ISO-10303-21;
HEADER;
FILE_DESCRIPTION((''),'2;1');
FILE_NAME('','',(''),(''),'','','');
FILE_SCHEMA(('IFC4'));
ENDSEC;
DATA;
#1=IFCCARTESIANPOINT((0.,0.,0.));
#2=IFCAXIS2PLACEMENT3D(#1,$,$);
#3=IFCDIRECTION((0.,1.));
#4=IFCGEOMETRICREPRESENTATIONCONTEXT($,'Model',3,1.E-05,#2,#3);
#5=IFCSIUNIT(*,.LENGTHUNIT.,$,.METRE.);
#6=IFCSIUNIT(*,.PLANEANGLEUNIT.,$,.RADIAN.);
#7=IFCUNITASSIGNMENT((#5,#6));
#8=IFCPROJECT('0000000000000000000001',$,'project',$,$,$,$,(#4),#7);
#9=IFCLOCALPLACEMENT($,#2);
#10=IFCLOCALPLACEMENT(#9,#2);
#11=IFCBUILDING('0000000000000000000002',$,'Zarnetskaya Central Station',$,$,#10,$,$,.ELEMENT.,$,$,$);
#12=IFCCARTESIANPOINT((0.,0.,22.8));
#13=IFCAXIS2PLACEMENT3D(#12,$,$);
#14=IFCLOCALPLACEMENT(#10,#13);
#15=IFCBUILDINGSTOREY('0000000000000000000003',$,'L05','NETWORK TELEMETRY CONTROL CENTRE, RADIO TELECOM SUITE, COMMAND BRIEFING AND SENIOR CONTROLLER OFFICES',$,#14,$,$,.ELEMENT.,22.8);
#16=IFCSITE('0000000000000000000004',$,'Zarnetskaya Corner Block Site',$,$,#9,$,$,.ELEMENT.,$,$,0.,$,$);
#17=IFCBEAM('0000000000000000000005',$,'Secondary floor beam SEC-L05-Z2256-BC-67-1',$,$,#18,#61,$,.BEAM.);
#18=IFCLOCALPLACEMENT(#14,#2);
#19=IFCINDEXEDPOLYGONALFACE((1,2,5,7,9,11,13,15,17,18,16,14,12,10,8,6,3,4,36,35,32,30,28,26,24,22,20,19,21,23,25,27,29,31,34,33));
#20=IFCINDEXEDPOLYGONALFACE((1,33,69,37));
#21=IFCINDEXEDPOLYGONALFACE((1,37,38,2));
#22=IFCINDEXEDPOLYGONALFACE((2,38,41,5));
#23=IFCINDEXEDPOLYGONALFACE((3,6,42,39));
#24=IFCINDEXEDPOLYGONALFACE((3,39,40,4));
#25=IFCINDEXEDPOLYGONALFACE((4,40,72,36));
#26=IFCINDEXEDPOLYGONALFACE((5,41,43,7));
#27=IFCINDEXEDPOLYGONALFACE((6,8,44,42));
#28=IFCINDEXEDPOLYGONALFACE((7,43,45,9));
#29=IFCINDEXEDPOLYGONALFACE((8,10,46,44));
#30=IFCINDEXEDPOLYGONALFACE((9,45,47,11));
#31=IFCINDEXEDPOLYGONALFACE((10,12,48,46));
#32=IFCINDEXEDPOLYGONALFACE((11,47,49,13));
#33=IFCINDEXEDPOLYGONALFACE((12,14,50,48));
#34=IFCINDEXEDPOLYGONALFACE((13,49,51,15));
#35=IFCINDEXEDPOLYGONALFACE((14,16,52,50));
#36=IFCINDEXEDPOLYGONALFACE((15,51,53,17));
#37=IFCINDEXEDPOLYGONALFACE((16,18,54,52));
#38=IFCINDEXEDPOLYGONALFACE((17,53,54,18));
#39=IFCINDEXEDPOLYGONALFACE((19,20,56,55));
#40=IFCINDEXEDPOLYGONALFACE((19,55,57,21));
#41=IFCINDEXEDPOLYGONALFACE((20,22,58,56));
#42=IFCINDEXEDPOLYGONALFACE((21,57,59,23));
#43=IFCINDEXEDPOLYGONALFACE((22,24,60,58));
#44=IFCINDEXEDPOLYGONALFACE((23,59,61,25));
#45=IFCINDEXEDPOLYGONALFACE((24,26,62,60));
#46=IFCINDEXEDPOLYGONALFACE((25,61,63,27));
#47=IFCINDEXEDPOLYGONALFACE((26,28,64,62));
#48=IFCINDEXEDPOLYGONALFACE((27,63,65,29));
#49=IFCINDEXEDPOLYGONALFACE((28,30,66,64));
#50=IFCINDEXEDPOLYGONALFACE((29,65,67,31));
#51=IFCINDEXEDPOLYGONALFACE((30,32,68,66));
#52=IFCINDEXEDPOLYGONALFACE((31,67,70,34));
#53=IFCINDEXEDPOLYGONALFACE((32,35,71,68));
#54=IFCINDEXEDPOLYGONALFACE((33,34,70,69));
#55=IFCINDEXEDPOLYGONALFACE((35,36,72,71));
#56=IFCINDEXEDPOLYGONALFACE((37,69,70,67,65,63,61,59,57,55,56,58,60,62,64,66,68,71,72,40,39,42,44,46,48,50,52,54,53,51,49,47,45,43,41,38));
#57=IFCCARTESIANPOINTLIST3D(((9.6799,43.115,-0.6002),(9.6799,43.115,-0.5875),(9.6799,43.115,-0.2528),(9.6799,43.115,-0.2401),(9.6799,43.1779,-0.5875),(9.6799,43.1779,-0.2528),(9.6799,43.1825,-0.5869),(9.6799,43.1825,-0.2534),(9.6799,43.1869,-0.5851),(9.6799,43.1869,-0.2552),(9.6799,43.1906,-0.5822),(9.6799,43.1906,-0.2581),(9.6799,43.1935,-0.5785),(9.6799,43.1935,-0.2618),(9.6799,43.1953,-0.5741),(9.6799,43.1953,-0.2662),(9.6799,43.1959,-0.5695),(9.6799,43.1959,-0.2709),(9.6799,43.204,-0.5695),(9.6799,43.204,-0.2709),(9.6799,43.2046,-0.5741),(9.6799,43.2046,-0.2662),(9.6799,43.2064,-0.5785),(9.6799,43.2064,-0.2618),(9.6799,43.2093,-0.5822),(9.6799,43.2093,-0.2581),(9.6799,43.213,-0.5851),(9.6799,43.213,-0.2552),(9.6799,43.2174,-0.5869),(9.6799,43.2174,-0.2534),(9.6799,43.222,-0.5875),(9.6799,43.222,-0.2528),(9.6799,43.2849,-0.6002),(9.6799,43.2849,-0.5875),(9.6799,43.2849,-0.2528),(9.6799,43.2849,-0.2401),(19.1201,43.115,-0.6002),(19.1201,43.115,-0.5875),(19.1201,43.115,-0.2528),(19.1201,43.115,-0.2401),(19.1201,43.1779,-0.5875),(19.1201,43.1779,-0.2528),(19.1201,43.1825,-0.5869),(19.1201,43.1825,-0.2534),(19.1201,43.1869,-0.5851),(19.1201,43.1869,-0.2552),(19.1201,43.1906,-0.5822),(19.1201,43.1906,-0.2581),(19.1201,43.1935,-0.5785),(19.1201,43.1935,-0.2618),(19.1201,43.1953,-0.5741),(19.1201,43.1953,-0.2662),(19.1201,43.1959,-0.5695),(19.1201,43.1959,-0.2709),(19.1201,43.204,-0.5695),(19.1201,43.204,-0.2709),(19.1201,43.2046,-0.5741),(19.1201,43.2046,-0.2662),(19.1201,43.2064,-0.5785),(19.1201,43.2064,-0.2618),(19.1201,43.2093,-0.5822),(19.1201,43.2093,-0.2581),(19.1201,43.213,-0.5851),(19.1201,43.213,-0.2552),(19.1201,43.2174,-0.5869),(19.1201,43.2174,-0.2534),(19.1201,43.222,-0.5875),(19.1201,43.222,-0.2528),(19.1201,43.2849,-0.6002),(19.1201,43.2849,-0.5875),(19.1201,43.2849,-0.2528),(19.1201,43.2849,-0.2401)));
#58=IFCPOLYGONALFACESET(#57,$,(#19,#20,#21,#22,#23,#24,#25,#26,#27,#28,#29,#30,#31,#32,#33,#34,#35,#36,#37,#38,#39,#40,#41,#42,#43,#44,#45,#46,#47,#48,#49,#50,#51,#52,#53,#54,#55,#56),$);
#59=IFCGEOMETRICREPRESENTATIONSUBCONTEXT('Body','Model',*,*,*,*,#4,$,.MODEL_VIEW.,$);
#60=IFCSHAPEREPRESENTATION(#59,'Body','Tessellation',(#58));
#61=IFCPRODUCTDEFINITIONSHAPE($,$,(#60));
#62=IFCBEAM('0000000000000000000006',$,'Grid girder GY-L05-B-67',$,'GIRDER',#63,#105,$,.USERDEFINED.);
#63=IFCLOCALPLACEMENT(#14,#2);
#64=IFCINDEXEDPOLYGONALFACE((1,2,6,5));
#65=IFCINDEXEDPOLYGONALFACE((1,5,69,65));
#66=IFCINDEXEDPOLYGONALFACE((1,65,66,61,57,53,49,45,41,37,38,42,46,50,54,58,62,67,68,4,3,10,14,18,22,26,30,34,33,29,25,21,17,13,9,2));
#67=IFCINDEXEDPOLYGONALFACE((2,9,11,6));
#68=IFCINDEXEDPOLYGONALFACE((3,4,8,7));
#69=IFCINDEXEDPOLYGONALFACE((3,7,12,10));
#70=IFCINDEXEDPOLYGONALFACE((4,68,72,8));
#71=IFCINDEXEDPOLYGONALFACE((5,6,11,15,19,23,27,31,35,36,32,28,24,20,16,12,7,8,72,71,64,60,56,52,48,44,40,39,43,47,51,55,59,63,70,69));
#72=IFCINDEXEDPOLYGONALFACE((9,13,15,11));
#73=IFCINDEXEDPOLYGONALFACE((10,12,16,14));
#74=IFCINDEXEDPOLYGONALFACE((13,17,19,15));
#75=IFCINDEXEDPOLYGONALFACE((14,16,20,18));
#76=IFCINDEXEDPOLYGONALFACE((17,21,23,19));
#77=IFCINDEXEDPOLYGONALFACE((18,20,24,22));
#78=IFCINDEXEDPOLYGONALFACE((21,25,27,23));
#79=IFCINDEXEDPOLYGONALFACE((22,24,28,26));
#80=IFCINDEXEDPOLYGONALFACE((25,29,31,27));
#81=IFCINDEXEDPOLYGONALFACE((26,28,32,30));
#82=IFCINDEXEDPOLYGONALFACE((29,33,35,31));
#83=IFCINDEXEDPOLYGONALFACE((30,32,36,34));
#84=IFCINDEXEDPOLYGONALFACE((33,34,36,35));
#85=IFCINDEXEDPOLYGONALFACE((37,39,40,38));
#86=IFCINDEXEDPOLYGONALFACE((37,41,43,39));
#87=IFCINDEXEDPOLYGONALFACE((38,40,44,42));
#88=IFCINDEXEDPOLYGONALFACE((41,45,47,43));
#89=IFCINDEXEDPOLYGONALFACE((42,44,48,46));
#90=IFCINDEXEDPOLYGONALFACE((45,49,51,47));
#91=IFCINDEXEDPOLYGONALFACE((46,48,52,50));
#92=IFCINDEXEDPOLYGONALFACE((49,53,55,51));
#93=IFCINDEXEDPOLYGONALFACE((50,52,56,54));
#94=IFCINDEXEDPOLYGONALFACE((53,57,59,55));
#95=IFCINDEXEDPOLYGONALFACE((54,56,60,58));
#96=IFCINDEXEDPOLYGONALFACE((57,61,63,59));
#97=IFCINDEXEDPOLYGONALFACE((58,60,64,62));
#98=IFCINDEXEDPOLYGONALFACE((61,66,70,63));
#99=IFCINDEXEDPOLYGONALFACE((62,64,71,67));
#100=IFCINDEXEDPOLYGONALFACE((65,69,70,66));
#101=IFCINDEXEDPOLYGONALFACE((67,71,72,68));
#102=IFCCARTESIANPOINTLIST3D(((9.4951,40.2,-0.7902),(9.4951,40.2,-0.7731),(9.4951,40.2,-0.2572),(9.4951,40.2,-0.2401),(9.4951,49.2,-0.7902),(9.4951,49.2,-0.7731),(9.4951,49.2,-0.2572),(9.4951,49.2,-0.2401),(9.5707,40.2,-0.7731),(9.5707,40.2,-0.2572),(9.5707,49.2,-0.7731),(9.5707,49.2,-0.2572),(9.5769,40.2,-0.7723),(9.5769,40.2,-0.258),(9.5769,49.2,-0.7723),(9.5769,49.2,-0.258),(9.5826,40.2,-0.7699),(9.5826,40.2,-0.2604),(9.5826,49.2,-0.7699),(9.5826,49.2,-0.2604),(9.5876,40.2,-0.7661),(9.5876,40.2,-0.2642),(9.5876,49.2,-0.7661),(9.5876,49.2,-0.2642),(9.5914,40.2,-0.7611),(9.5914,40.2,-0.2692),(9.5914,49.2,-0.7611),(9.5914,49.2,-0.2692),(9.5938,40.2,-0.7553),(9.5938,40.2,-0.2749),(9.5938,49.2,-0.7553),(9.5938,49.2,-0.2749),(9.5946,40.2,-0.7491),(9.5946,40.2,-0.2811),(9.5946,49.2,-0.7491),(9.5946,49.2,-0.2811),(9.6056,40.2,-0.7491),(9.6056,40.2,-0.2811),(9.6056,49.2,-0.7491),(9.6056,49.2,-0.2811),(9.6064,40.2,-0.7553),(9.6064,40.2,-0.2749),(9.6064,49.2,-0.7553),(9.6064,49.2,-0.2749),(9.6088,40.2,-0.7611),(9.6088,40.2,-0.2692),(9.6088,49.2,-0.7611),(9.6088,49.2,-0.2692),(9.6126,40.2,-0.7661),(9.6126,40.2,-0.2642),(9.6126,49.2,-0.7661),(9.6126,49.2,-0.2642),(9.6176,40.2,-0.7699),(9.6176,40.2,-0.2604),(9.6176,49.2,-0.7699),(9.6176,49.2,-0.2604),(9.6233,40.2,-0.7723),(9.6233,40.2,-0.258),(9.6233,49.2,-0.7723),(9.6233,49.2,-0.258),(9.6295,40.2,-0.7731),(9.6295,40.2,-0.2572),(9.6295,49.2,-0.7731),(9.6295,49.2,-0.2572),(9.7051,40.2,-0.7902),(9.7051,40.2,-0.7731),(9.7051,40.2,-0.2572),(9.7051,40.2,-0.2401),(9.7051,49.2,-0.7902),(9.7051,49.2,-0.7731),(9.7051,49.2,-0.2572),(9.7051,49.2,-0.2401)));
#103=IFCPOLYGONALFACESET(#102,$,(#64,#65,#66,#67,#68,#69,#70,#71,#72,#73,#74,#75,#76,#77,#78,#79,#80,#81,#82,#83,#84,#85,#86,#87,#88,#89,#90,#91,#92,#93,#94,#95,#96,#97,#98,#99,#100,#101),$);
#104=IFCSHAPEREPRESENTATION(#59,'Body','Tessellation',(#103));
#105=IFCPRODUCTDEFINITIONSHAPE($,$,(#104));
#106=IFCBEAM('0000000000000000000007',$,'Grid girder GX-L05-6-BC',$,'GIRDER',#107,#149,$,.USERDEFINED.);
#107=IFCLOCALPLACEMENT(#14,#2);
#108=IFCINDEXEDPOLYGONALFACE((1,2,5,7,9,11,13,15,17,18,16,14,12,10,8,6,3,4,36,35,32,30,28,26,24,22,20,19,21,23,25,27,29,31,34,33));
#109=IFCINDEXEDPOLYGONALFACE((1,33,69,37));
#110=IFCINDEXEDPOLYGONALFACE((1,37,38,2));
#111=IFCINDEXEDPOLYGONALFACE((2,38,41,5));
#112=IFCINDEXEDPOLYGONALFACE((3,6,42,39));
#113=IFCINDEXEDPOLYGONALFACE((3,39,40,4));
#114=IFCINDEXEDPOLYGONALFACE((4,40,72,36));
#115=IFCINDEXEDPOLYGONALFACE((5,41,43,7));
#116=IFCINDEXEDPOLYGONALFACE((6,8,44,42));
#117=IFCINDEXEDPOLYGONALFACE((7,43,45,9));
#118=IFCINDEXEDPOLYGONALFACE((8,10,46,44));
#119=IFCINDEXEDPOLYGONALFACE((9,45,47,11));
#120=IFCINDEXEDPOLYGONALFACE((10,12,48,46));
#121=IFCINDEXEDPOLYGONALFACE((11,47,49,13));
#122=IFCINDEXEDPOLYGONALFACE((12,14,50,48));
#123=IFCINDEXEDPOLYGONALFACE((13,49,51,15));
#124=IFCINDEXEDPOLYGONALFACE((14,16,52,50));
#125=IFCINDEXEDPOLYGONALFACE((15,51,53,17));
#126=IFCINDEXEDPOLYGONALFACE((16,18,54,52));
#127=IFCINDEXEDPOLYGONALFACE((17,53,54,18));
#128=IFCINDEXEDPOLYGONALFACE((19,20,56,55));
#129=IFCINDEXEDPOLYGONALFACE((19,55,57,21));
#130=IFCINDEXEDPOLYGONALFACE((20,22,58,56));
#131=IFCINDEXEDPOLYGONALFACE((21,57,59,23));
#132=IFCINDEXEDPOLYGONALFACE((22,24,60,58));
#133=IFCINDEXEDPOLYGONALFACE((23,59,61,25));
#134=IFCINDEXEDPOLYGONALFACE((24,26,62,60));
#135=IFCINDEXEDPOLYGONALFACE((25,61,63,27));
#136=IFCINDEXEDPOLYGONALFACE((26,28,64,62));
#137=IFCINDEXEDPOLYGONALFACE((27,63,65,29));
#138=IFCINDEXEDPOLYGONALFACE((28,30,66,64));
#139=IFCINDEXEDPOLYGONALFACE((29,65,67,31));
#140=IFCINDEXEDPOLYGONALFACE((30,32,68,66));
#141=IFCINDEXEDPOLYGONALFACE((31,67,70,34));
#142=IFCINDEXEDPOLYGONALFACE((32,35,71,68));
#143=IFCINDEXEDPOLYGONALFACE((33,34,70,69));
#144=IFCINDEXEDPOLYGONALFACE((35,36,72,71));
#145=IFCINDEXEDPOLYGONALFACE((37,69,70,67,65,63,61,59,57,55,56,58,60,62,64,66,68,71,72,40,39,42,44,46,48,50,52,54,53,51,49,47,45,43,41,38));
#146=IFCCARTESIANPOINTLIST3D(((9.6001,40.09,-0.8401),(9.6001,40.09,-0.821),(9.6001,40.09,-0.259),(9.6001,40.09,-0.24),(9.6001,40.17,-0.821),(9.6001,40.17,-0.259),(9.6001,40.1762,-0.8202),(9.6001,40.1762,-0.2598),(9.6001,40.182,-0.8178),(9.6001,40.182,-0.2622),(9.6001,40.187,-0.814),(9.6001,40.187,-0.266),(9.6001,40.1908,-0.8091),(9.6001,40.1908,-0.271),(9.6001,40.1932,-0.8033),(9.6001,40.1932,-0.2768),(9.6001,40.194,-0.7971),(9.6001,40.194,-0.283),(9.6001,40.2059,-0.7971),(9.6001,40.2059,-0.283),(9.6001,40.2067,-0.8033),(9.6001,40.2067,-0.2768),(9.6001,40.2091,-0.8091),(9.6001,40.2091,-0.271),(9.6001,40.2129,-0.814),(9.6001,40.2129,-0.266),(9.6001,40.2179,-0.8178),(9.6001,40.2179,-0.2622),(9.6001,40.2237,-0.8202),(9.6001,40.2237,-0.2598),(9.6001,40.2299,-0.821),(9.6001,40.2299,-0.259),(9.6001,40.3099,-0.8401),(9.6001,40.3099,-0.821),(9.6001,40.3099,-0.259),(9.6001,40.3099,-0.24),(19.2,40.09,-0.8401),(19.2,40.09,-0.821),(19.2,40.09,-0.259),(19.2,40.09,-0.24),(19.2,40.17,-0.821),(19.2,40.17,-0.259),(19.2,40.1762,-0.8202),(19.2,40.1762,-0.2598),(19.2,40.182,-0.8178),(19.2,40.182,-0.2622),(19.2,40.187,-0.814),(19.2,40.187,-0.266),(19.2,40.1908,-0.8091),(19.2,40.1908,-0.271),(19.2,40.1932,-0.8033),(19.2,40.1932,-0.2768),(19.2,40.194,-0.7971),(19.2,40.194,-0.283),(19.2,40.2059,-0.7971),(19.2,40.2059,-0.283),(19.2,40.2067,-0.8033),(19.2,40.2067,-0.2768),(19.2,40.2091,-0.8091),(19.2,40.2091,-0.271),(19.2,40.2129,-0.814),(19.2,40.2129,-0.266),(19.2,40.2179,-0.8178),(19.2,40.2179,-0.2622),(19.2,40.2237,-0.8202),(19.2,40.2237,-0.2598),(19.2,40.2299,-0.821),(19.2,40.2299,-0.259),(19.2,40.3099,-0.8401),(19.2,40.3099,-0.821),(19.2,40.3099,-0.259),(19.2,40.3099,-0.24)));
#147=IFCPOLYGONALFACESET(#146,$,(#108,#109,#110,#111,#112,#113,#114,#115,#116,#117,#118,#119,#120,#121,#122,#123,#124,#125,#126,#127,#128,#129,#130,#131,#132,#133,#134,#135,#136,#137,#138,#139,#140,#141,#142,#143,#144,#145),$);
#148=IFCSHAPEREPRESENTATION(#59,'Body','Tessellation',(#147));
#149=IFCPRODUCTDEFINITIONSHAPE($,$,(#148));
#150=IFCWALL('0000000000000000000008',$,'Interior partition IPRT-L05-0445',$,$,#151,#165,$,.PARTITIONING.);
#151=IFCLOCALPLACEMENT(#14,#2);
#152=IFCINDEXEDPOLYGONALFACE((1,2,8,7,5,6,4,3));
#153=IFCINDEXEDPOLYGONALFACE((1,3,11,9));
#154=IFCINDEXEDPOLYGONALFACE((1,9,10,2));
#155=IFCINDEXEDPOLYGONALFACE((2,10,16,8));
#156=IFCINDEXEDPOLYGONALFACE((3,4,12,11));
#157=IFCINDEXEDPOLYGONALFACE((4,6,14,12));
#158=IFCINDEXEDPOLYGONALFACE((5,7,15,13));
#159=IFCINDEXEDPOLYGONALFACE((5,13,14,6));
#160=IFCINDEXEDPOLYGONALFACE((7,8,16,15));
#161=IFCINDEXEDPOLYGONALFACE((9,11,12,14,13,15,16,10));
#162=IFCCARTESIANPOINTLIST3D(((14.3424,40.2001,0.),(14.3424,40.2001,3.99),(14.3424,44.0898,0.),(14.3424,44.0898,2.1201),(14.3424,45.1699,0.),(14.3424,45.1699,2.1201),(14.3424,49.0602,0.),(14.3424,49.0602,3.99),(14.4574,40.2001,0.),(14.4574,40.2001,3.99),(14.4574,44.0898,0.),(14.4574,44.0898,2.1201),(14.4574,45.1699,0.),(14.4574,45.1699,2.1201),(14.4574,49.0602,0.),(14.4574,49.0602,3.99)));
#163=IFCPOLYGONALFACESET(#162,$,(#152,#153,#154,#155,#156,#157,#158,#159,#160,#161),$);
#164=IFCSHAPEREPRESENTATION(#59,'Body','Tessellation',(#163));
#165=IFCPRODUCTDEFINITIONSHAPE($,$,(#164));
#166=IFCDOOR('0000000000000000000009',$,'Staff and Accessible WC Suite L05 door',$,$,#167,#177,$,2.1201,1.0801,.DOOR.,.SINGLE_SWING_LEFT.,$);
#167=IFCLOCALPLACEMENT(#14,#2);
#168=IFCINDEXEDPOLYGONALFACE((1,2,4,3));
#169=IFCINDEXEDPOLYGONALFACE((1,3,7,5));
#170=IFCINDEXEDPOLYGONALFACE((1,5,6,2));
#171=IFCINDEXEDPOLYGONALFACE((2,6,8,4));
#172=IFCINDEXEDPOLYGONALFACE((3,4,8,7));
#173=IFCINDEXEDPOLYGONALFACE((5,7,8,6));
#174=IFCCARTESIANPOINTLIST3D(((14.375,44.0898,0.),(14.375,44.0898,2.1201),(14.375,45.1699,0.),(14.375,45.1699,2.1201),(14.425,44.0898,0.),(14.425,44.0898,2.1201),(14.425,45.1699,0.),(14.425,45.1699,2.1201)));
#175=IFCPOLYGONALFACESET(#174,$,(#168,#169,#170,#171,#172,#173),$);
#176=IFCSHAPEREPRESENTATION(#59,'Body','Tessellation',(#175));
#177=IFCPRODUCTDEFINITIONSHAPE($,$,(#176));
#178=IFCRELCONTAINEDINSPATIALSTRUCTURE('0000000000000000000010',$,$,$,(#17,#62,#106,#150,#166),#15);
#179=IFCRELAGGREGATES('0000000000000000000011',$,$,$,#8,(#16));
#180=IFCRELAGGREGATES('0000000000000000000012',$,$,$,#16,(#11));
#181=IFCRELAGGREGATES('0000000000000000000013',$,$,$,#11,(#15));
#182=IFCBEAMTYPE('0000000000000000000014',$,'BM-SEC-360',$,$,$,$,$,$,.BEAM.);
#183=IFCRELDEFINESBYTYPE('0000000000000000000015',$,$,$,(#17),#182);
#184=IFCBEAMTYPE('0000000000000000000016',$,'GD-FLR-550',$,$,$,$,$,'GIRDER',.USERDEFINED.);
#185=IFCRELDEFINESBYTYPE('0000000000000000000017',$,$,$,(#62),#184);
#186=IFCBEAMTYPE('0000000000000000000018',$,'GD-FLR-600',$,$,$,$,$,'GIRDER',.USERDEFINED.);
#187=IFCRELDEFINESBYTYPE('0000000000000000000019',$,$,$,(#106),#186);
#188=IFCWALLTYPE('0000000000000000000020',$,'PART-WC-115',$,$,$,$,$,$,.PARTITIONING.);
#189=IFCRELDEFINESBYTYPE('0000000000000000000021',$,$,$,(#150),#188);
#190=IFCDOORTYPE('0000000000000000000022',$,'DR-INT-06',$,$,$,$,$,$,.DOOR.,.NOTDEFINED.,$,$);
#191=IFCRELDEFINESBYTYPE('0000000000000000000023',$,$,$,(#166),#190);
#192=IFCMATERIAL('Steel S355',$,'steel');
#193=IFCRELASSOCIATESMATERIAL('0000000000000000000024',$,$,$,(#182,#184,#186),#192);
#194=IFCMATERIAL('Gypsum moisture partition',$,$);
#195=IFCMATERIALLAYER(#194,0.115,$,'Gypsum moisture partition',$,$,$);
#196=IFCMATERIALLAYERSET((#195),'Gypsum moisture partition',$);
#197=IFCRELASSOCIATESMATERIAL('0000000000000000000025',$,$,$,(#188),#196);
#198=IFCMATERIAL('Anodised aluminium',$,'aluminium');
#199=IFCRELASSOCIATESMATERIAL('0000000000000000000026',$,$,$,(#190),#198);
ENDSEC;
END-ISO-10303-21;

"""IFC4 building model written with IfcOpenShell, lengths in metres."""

from ifc_helpers import new_model, si_unit, direction, frame, frame_2d, origin, origin_2d, place, context, subcontext, project, spatial, rectangle, i_section, extrude, material, layer, layer_set, material_profile, profile_set, type_object, element, fill, save


model = new_model("IFC4")

# Units and contexts
model_context = context("Model", 3, precision=1e-05, world=origin(), true_north=direction((0.0, 1.0)))
body_context = subcontext(model_context, "Body", "Model", "MODEL_VIEW")
ifc_project = project(units=[si_unit("LENGTHUNIT", "METRE"), si_unit("PLANEANGLEUNIT", "RADIAN")], contexts=[model_context])

# Site, building, storey
site_placement = place(None, origin())
site = spatial("IfcSite", under=ifc_project, at=site_placement, Name="Zarnetskaya Corner Block Site", CompositionType="ELEMENT", RefElevation=0.0)
building_placement = place(site_placement, origin())
building = spatial("IfcBuilding", under=site, at=building_placement, Name="Zarnetskaya Central Station", CompositionType="ELEMENT")
storey_placement = place(building_placement, frame((0.0, 0.0, 22.8)))
storey = spatial("IfcBuildingStorey", under=building, at=storey_placement, Name="L05", Description="NETWORK TELEMETRY CONTROL CENTRE, RADIO TELECOM SUITE, COMMAND BRIEFING AND SENIOR CONTROLLER OFFICES", CompositionType="ELEMENT", Elevation=22.8)

# Shared definitions
ifc_material_1 = material(Name="Steel S355", Category="steel")

# Beams
ifc_material_profile_1 = material_profile(ifc_material_1, i_section(OverallWidth=0.1699, OverallDepth=0.3601, WebThickness=0.0081, FlangeThickness=0.0127, FilletRadius=0.0181, at=origin_2d()), Name="IPE 360")
ifc_profile_set_1 = profile_set([ifc_material_profile_1], Name="Steel S355")
beam_type_1 = type_object("IfcBeamType", Name="BM-SEC-360", PredefinedType="BEAM", material=ifc_profile_set_1)
for number, where, z_axis, x_axis, name in (
    (1, (9.6799, 43.2, -0.4202), (1.0, 0.0, 0.0), (0.0, 1.0, 0.0), "Secondary floor beam SEC-L05-Z2256-BC-67-1"),
):
    element("IfcBeam", number, at=place(storey_placement, frame(where, z_axis=z_axis, x_axis=x_axis)), inside=storey, type_object=beam_type_1, Name=name, PredefinedType="BEAM", context=body_context, shape_type="SweptSolid", body=[
        extrude(i_section(OverallWidth=0.1699, OverallDepth=0.3601, WebThickness=0.0081, FlangeThickness=0.0127, FilletRadius=0.0181, at=origin_2d()), origin(), (0.0, 0.0, 1.0), 9.4402),
    ])
ifc_material_profile_2 = material_profile(ifc_material_1, i_section(OverallWidth=0.21, OverallDepth=0.55, WebThickness=0.011, FlangeThickness=0.0171, FilletRadius=0.0239, at=origin_2d()), Name="IPE 550")
ifc_profile_set_2 = profile_set([ifc_material_profile_2], Name="Steel S355")
beam_type_2 = type_object("IfcBeamType", Name="GD-FLR-550", ElementType="GIRDER", PredefinedType="USERDEFINED", material=ifc_profile_set_2)
beam_1_placement = place(storey_placement, frame((9.6001, 40.2, -0.5151), z_axis=(0.0, 1.0, 0.0), x_axis=(-1.0, 0.0, 0.0)))
element("IfcBeam", 2, at=beam_1_placement, inside=storey, type_object=beam_type_2, Name="Grid girder GY-L05-B-67", ObjectType="GIRDER", PredefinedType="USERDEFINED", context=body_context, shape_type="SweptSolid", body=[
    extrude(i_section(OverallWidth=0.21, OverallDepth=0.55, WebThickness=0.011, FlangeThickness=0.0171, FilletRadius=0.0239, at=origin_2d()), origin(), (0.0, 0.0, 1.0), 9.0),
])
ifc_material_profile_3 = material_profile(ifc_material_1, i_section(OverallWidth=0.22, OverallDepth=0.6001, WebThickness=0.012, FlangeThickness=0.019, FilletRadius=0.0239, at=origin_2d()), Name="IPE 600")
ifc_profile_set_3 = profile_set([ifc_material_profile_3], Name="Steel S355")
beam_type_3 = type_object("IfcBeamType", Name="GD-FLR-600", ElementType="GIRDER", PredefinedType="USERDEFINED", material=ifc_profile_set_3)
beam_2_placement = place(storey_placement, frame((9.6001, 40.2, -0.54), z_axis=(1.0, 0.0, 0.0), x_axis=(0.0, 1.0, 0.0)))
element("IfcBeam", 3, at=beam_2_placement, inside=storey, type_object=beam_type_3, Name="Grid girder GX-L05-6-BC", ObjectType="GIRDER", PredefinedType="USERDEFINED", context=body_context, shape_type="SweptSolid", body=[
    extrude(i_section(OverallWidth=0.22, OverallDepth=0.6001, WebThickness=0.012, FlangeThickness=0.019, FilletRadius=0.0239, at=origin_2d()), origin(), (0.0, 0.0, 1.0), 9.5999),
])

# Wall, opening, door
ifc_material_2 = material(Name="Gypsum moisture partition")
ifc_layer_1 = layer(ifc_material_2, 0.115, Name="Gypsum moisture partition")
ifc_layer_set_1 = layer_set([ifc_layer_1], Name="Gypsum moisture partition")
wall_type_1 = type_object("IfcWallType", Name="PART-WC-115", PredefinedType="PARTITIONING", material=ifc_layer_set_1)
wall_1_placement = place(storey_placement, frame((14.3999, 40.2, 0.0), z_axis=(0.0, 0.0, 1.0), x_axis=(0.0, 1.0, 0.0)))
wall_1 = element("IfcWall", 4, at=wall_1_placement, inside=storey, type_object=wall_type_1, Name="Interior partition IPRT-L05-0445", PredefinedType="PARTITIONING", context=body_context, shape_type="SweptSolid", body=[
    extrude(rectangle(XDim=8.8601, YDim=0.115, at=frame_2d((4.4302, 0.0))), origin(), (0.0, 0.0, 1.0), 3.99),
])
opening_1_placement = place(wall_1_placement, frame((3.8899, 0.0, 0.0)))
opening_1 = element("IfcOpeningElement", 5, at=opening_1_placement, cuts=wall_1, PredefinedType="OPENING", context=body_context, shape_type="SweptSolid", body=[
    extrude(rectangle(XDim=1.0801, YDim=2.1201, at=frame_2d((0.54, 1.0601))), frame((0.0, 0.0674, 0.0), z_axis=(0.0, -1.0, 0.0), x_axis=(1.0, 0.0, 0.0)), (0.0, 0.0, 1.0), 0.135),
])
ifc_material_3 = material(Name="Anodised aluminium", Category="aluminium")
door_type_1 = type_object("IfcDoorType", Name="DR-INT-06", OperationType="NOTDEFINED", PredefinedType="DOOR", material=ifc_material_3)
door_1_placement = place(opening_1_placement, origin())
door_1 = element("IfcDoor", 6, at=door_1_placement, inside=storey, type_object=door_type_1, Name="Staff and Accessible WC Suite L05 door", OperationType="SINGLE_SWING_LEFT", OverallHeight=2.1201, OverallWidth=1.0801, PredefinedType="DOOR", context=body_context, shape_type="SweptSolid", body=[
    extrude(rectangle(XDim=1.0801, YDim=2.1201, at=frame_2d((0.54, 1.0601))), frame((0.0, 0.0249, 0.0), z_axis=(0.0, -1.0, 0.0), x_axis=(1.0, 0.0, 0.0)), (0.0, 0.0, 1.0), 0.05),
])
fill(opening_1, door_1)

save(model, "model.ifc")
